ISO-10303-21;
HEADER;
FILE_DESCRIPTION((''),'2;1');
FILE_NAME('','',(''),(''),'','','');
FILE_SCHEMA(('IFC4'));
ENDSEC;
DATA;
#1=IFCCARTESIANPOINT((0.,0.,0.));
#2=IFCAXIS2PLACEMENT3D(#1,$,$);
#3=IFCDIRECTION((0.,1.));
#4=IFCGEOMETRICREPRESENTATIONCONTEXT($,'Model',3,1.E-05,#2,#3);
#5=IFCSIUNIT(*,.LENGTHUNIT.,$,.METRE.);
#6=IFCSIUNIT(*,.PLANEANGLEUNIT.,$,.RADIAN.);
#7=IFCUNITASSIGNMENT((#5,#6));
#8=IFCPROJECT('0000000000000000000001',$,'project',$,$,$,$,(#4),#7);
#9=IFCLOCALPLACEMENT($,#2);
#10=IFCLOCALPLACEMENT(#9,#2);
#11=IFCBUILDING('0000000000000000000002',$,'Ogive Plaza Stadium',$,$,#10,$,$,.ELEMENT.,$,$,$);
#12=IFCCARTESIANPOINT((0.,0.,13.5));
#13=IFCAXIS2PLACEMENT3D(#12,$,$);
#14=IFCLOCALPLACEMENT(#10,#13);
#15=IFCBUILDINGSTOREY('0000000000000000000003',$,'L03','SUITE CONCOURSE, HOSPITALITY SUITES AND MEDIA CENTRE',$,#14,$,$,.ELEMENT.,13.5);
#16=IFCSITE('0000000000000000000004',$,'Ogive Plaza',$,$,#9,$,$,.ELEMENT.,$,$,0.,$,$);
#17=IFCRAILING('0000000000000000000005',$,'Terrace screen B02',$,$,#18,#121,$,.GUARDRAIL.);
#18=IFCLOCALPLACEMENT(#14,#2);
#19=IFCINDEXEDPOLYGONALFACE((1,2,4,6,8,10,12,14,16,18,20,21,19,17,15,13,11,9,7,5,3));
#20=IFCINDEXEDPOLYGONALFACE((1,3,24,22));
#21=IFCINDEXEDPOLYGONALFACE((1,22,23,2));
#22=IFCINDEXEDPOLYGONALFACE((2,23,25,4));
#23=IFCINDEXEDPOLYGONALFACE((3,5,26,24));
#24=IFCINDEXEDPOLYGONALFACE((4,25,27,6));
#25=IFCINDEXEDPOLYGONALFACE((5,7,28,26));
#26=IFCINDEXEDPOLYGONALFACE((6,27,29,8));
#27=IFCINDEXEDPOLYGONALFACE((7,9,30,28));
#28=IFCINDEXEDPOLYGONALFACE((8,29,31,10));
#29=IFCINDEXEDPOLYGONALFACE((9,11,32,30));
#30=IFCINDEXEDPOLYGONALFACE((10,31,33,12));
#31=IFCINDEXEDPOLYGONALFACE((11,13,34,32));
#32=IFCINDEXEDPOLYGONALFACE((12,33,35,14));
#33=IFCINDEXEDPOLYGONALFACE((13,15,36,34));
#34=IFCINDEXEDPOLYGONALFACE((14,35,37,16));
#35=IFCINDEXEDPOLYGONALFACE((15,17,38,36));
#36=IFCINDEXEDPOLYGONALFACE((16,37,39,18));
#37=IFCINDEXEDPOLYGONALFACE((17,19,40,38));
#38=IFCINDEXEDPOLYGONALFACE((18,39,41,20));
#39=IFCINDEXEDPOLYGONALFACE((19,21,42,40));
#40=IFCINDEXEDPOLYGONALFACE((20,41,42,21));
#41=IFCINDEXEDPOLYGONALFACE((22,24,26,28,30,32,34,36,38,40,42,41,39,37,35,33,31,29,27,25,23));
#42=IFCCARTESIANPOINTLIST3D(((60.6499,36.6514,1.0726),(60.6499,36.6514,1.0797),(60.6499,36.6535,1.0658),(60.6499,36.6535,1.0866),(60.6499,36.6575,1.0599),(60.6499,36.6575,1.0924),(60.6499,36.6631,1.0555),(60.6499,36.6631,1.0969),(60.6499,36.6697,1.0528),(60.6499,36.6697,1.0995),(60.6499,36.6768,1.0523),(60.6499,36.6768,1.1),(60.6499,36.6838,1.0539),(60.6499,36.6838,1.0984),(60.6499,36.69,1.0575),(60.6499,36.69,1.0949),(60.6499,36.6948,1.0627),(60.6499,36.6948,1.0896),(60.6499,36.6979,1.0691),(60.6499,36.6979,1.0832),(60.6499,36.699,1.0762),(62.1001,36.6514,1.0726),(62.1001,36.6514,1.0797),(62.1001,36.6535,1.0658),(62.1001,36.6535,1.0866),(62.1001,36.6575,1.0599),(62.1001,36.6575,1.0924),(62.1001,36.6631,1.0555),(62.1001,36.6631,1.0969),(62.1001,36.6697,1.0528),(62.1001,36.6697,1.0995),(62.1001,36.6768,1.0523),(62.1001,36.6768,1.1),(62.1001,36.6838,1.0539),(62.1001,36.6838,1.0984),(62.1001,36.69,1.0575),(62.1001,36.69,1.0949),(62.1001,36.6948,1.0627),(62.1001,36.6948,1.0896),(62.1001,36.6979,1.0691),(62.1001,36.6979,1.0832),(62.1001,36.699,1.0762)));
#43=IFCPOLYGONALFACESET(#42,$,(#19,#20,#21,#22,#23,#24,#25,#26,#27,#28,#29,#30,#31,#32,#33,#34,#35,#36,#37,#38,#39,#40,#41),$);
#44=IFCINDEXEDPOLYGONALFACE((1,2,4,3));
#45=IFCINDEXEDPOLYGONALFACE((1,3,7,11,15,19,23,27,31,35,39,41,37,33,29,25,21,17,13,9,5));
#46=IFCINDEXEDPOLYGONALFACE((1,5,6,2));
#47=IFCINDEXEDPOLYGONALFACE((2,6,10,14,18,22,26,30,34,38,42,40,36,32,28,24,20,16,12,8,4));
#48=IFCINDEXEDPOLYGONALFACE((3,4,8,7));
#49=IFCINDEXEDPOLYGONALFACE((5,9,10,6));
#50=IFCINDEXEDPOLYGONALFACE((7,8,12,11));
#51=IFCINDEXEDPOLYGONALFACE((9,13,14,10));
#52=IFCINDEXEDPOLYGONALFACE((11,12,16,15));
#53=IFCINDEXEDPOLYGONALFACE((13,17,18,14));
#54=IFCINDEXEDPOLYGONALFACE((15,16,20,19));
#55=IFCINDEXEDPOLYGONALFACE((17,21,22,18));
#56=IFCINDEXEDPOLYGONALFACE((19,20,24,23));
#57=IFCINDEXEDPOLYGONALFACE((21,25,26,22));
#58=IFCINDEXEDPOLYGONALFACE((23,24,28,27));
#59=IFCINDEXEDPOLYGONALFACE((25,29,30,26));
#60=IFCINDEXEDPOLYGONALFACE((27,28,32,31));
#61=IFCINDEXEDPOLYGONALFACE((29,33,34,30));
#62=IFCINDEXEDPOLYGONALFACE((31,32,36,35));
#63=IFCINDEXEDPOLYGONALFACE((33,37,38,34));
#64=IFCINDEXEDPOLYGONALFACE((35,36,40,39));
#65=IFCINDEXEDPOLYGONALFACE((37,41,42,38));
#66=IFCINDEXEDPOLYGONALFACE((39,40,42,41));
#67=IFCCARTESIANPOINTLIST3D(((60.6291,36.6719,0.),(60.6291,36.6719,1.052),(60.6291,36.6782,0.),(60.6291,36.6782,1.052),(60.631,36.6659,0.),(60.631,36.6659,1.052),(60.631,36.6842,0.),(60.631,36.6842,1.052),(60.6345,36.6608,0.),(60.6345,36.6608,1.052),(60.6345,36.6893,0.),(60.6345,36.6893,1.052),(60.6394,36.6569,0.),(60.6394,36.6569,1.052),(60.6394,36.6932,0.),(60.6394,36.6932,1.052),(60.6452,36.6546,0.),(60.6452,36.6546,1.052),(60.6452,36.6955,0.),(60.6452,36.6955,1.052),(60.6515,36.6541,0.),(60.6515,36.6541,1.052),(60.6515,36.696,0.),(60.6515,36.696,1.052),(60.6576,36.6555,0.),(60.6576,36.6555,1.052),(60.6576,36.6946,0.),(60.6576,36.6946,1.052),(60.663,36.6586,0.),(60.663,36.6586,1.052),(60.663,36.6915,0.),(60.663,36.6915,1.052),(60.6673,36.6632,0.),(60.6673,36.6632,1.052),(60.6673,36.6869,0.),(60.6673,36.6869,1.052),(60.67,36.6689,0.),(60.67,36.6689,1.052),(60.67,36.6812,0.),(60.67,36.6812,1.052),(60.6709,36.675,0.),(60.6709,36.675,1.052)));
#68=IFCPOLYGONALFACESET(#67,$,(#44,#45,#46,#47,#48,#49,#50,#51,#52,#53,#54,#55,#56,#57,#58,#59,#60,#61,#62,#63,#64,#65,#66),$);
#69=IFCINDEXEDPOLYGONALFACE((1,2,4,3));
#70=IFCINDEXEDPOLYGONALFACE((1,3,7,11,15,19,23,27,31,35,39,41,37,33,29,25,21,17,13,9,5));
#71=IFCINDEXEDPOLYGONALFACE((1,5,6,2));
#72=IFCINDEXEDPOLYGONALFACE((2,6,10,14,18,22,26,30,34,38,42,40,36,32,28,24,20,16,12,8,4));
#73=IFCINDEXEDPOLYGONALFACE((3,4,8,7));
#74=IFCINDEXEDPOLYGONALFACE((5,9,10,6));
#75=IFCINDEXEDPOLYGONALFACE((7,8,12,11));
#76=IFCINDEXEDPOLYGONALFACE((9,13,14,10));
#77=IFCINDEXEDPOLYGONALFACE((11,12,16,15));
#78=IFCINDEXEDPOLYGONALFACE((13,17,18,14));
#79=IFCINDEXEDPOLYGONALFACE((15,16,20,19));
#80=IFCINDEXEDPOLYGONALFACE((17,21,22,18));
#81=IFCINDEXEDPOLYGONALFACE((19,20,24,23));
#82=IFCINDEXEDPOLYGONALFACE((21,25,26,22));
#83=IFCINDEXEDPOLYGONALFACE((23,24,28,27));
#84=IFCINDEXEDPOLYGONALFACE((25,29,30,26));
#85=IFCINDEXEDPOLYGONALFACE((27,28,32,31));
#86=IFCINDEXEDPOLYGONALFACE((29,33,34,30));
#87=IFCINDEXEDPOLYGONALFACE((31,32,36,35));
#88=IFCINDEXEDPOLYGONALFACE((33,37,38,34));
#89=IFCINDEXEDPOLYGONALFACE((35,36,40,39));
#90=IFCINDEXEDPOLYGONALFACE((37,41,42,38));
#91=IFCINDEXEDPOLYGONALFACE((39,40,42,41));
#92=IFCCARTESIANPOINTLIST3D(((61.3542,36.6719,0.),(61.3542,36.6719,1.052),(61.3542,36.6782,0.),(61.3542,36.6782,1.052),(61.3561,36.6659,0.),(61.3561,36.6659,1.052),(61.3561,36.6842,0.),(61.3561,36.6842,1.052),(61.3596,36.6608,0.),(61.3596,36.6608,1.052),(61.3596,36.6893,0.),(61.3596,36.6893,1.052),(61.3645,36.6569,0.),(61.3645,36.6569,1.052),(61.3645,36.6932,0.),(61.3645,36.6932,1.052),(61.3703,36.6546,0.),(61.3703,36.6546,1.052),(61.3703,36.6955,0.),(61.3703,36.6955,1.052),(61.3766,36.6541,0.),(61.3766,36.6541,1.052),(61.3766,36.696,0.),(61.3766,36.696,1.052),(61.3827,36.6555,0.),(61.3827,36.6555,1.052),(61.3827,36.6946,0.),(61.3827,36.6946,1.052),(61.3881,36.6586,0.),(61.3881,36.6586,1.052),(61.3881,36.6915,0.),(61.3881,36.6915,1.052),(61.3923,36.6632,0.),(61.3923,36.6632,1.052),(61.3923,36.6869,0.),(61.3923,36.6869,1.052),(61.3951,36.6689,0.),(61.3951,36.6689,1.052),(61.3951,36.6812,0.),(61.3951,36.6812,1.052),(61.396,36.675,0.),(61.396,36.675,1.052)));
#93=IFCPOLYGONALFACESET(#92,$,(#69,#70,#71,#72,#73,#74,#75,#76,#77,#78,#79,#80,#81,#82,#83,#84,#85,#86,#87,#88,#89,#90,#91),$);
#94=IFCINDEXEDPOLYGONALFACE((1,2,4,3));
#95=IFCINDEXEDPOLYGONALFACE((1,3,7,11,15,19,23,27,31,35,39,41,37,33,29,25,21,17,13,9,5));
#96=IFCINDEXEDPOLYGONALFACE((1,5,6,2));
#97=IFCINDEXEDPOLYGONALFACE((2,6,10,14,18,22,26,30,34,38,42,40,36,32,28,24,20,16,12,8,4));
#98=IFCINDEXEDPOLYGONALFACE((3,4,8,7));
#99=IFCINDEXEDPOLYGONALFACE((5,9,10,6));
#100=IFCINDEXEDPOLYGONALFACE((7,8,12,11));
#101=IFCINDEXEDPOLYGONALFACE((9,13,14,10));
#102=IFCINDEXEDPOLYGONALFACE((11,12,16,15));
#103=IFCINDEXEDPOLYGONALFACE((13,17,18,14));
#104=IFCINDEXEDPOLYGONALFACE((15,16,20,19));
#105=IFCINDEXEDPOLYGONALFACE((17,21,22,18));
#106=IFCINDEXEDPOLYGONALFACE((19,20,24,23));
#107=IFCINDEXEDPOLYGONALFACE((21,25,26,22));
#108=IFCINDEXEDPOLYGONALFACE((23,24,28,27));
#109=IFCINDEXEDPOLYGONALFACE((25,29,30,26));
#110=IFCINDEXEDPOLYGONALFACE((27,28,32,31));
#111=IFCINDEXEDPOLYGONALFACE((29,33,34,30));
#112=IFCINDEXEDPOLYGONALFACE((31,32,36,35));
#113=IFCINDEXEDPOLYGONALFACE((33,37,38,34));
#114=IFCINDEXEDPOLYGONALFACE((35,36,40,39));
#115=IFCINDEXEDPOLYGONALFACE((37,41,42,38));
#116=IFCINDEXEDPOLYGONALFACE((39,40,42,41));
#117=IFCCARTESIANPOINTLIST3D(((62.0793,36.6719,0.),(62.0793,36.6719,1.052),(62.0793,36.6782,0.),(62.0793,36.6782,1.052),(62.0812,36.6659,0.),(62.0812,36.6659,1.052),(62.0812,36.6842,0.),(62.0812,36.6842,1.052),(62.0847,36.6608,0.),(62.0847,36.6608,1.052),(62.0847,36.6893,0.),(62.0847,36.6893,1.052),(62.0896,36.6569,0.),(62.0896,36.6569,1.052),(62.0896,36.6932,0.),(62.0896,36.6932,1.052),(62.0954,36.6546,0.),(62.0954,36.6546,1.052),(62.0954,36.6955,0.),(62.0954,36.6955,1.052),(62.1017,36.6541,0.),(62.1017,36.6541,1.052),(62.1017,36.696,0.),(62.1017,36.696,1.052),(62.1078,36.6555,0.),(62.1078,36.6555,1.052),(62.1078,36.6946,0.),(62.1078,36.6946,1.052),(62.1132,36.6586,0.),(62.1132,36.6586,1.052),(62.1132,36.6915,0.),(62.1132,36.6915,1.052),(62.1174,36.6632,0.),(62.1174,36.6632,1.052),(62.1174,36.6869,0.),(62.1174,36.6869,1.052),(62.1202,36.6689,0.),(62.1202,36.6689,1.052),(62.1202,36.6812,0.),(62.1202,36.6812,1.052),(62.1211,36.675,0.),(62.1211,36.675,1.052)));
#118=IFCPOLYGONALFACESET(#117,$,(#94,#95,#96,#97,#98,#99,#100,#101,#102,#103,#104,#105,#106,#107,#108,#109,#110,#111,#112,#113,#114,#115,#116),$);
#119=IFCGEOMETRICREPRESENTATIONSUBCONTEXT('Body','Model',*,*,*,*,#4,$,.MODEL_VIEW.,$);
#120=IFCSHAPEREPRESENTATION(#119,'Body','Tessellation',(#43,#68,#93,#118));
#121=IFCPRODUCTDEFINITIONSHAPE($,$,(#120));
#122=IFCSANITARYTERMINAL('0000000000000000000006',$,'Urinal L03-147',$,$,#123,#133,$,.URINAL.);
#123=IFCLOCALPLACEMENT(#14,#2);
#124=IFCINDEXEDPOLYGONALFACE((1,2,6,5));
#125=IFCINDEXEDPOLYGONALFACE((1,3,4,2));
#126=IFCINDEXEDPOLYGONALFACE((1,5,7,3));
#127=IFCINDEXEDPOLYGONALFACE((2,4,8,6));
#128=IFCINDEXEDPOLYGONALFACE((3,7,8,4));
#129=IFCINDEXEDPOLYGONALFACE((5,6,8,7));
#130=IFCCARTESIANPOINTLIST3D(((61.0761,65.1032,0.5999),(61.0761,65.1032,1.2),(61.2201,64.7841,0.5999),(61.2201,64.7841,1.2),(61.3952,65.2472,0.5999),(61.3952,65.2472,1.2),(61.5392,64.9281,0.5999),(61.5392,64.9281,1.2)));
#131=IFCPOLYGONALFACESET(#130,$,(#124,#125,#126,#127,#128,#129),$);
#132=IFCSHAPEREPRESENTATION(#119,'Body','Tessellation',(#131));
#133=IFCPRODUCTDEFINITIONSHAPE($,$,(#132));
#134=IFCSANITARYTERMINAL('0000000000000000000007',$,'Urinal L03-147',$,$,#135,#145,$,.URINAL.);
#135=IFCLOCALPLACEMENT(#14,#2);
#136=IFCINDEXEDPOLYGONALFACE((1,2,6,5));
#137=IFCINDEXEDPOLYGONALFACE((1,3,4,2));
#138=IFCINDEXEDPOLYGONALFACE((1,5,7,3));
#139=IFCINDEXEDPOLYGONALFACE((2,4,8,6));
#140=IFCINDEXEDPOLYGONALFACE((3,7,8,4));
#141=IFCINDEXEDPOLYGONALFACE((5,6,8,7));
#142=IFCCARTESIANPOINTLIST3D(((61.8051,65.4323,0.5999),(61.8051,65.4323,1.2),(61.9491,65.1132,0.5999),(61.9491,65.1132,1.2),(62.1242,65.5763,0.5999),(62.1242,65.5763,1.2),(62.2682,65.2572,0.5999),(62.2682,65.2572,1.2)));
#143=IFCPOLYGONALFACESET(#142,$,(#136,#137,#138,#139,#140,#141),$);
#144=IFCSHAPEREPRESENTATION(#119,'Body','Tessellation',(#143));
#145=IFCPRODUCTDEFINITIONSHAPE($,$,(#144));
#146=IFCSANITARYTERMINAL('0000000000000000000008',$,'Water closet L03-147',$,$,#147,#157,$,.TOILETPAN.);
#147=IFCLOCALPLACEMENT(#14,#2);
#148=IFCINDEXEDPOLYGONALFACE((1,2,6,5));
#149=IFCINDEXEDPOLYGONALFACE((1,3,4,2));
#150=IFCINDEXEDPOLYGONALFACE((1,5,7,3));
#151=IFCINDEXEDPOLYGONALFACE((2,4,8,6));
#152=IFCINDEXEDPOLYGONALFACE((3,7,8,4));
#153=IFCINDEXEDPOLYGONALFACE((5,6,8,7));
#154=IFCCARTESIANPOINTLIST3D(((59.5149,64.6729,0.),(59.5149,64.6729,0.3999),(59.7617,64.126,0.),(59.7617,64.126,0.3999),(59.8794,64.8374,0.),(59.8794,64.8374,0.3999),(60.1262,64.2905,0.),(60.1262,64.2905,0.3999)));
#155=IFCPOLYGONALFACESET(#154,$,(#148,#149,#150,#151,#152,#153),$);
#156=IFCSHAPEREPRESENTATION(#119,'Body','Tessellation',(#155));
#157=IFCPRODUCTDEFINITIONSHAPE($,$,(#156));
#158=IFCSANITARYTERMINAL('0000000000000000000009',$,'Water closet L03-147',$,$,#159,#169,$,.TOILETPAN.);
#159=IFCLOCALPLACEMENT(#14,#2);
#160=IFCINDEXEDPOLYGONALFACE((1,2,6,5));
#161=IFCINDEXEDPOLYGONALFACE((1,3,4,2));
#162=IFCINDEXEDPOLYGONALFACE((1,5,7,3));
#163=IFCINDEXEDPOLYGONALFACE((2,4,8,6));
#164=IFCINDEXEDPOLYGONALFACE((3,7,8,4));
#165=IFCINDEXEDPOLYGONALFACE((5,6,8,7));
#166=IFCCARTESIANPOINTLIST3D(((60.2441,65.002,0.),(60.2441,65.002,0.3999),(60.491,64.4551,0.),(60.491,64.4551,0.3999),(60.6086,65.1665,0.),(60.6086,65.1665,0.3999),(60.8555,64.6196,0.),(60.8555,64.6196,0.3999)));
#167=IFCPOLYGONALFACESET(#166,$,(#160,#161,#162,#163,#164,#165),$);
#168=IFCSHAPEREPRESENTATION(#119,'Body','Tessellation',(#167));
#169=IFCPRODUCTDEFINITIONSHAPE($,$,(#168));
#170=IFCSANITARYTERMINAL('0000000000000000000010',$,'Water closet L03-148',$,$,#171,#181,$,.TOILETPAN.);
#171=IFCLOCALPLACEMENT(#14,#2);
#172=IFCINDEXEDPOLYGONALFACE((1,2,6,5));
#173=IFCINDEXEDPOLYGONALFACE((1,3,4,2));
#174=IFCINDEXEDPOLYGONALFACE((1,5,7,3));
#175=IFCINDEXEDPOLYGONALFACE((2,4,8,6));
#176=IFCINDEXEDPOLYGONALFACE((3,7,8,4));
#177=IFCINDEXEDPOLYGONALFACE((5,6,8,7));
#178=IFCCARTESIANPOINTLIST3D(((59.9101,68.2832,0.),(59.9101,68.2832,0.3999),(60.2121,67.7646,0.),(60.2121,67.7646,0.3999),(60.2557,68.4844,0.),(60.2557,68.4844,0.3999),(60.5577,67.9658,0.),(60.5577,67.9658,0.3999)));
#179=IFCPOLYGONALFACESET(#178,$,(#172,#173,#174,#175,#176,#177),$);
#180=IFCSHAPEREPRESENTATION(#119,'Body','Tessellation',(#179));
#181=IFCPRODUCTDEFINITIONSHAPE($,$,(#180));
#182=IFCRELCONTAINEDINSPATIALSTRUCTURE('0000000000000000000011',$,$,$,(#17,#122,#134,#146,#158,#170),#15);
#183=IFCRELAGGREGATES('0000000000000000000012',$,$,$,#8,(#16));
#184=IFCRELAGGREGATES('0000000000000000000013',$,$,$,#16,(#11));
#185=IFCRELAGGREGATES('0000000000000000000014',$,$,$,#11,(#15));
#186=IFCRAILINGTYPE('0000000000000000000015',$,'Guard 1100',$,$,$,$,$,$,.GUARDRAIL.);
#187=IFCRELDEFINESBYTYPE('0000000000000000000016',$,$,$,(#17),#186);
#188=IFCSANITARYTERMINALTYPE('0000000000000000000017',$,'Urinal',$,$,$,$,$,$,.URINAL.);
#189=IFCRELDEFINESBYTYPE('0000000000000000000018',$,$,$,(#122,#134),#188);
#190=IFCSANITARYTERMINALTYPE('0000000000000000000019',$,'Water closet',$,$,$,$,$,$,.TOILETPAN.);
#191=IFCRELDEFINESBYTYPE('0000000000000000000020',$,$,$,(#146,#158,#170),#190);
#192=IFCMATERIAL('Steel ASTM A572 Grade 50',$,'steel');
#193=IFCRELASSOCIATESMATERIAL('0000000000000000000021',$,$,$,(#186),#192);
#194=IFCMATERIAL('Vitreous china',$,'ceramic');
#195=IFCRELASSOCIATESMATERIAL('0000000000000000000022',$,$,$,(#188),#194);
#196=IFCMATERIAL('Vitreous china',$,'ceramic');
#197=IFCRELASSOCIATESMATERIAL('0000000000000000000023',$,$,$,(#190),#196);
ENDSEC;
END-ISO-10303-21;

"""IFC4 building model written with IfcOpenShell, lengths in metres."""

from ifc_helpers import new_model, si_unit, direction, frame, origin, origin_2d, place, context, subcontext, project, spatial, rectangle, circle, extrude, material, type_object, element, save


model = new_model("IFC4")

# Units and contexts
model_context = context("Model", 3, precision=1e-05, world=origin(), true_north=direction((0.0, 1.0)))
body_context = subcontext(model_context, "Body", "Model", "MODEL_VIEW")
ifc_project = project(units=[si_unit("LENGTHUNIT", "METRE"), si_unit("PLANEANGLEUNIT", "RADIAN")], contexts=[model_context])

# Site, building, storey
site_placement = place(None, origin())
site = spatial("IfcSite", under=ifc_project, at=site_placement, Name="Ogive Plaza", CompositionType="ELEMENT", RefElevation=0.0)
building_placement = place(site_placement, origin())
building = spatial("IfcBuilding", under=site, at=building_placement, Name="Ogive Plaza Stadium", CompositionType="ELEMENT")
storey_placement = place(building_placement, frame((0.0, 0.0, 13.5)))
storey = spatial("IfcBuildingStorey", under=building, at=storey_placement, Name="L03", Description="SUITE CONCOURSE, HOSPITALITY SUITES AND MEDIA CENTRE", CompositionType="ELEMENT", Elevation=13.5)

# Railing
ifc_material_1 = material(Name="Steel ASTM A572 Grade 50", Category="steel")
railing_type = type_object("IfcRailingType", Name="Guard 1100", PredefinedType="GUARDRAIL", material=ifc_material_1)
railing_1_placement = place(storey_placement, frame((60.6499, 36.675, 0.0)))
element("IfcRailing", 1, at=railing_1_placement, inside=storey, type_object=railing_type, Name="Terrace screen B02", PredefinedType="GUARDRAIL", context=body_context, shape_type="SweptSolid", body=[
    extrude(circle(Radius=0.0239, at=origin_2d()), frame((0.0, 0.0, 1.0762), z_axis=(1.0, 0.0, 0.0), x_axis=(0.0, 1.0, 0.0)), (0.0, 0.0, 1.0), 1.4502),
    extrude(circle(Radius=0.021, at=origin_2d()), origin(), (0.0, 0.0, 1.0), 1.052),
    extrude(circle(Radius=0.021, at=origin_2d()), frame((0.7251, 0.0, 0.0)), (0.0, 0.0, 1.0), 1.052),
    extrude(circle(Radius=0.021, at=origin_2d()), frame((1.4502, 0.0, 0.0)), (0.0, 0.0, 1.0), 1.052),
])

# Sanitary terminals
ifc_material_2 = material(Name="Vitreous china", Category="ceramic")
sanitary_terminal_type_1 = type_object("IfcSanitaryTerminalType", Name="Urinal", PredefinedType="URINAL", material=ifc_material_2)
for number, where, z_axis, x_axis, name in (
    (2, (61.3076, 65.0156, 0.5999), (0.0, 0.0, 1.0), (0.911479, 0.411346, 0.0), "Urinal L03-147"),
    (3, (62.0366, 65.3447, 0.5999), (0.0, 0.0, 1.0), (0.911479, 0.411346, 0.0), "Urinal L03-147"),
):
    element("IfcSanitaryTerminal", number, at=place(storey_placement, frame(where, z_axis=z_axis, x_axis=x_axis)), inside=storey, type_object=sanitary_terminal_type_1, Name=name, PredefinedType="URINAL", context=body_context, shape_type="SweptSolid", body=[
        extrude(rectangle(XDim=0.3501, YDim=0.3501, at=origin_2d()), origin(), (0.0, 0.0, 1.0), 0.6001),
    ])
ifc_material_3 = material(Name="Vitreous china", Category="ceramic")
sanitary_terminal_type_2 = type_object("IfcSanitaryTerminalType", Name="Water closet", PredefinedType="TOILETPAN", material=ifc_material_3)
for number, where, z_axis, x_axis, name in (
    (4, (59.8206, 64.4817, 0.0), (0.0, 0.0, 1.0), (0.911479, 0.411346, 0.0), "Water closet L03-147"),
    (5, (60.5498, 64.8108, 0.0), (0.0, 0.0, 1.0), (0.911479, 0.411346, 0.0), "Water closet L03-147"),
    (6, (60.2339, 68.1245, 0.0), (0.0, 0.0, 1.0), (0.864147, 0.50324, 0.0), "Water closet L03-148"),
):
    element("IfcSanitaryTerminal", number, at=place(storey_placement, frame(where, z_axis=z_axis, x_axis=x_axis)), inside=storey, type_object=sanitary_terminal_type_2, Name=name, PredefinedType="TOILETPAN", context=body_context, shape_type="SweptSolid", body=[
        extrude(rectangle(XDim=0.3999, YDim=0.6001, at=origin_2d()), origin(), (0.0, 0.0, 1.0), 0.3999),
    ])

save(model, "model.ifc")
